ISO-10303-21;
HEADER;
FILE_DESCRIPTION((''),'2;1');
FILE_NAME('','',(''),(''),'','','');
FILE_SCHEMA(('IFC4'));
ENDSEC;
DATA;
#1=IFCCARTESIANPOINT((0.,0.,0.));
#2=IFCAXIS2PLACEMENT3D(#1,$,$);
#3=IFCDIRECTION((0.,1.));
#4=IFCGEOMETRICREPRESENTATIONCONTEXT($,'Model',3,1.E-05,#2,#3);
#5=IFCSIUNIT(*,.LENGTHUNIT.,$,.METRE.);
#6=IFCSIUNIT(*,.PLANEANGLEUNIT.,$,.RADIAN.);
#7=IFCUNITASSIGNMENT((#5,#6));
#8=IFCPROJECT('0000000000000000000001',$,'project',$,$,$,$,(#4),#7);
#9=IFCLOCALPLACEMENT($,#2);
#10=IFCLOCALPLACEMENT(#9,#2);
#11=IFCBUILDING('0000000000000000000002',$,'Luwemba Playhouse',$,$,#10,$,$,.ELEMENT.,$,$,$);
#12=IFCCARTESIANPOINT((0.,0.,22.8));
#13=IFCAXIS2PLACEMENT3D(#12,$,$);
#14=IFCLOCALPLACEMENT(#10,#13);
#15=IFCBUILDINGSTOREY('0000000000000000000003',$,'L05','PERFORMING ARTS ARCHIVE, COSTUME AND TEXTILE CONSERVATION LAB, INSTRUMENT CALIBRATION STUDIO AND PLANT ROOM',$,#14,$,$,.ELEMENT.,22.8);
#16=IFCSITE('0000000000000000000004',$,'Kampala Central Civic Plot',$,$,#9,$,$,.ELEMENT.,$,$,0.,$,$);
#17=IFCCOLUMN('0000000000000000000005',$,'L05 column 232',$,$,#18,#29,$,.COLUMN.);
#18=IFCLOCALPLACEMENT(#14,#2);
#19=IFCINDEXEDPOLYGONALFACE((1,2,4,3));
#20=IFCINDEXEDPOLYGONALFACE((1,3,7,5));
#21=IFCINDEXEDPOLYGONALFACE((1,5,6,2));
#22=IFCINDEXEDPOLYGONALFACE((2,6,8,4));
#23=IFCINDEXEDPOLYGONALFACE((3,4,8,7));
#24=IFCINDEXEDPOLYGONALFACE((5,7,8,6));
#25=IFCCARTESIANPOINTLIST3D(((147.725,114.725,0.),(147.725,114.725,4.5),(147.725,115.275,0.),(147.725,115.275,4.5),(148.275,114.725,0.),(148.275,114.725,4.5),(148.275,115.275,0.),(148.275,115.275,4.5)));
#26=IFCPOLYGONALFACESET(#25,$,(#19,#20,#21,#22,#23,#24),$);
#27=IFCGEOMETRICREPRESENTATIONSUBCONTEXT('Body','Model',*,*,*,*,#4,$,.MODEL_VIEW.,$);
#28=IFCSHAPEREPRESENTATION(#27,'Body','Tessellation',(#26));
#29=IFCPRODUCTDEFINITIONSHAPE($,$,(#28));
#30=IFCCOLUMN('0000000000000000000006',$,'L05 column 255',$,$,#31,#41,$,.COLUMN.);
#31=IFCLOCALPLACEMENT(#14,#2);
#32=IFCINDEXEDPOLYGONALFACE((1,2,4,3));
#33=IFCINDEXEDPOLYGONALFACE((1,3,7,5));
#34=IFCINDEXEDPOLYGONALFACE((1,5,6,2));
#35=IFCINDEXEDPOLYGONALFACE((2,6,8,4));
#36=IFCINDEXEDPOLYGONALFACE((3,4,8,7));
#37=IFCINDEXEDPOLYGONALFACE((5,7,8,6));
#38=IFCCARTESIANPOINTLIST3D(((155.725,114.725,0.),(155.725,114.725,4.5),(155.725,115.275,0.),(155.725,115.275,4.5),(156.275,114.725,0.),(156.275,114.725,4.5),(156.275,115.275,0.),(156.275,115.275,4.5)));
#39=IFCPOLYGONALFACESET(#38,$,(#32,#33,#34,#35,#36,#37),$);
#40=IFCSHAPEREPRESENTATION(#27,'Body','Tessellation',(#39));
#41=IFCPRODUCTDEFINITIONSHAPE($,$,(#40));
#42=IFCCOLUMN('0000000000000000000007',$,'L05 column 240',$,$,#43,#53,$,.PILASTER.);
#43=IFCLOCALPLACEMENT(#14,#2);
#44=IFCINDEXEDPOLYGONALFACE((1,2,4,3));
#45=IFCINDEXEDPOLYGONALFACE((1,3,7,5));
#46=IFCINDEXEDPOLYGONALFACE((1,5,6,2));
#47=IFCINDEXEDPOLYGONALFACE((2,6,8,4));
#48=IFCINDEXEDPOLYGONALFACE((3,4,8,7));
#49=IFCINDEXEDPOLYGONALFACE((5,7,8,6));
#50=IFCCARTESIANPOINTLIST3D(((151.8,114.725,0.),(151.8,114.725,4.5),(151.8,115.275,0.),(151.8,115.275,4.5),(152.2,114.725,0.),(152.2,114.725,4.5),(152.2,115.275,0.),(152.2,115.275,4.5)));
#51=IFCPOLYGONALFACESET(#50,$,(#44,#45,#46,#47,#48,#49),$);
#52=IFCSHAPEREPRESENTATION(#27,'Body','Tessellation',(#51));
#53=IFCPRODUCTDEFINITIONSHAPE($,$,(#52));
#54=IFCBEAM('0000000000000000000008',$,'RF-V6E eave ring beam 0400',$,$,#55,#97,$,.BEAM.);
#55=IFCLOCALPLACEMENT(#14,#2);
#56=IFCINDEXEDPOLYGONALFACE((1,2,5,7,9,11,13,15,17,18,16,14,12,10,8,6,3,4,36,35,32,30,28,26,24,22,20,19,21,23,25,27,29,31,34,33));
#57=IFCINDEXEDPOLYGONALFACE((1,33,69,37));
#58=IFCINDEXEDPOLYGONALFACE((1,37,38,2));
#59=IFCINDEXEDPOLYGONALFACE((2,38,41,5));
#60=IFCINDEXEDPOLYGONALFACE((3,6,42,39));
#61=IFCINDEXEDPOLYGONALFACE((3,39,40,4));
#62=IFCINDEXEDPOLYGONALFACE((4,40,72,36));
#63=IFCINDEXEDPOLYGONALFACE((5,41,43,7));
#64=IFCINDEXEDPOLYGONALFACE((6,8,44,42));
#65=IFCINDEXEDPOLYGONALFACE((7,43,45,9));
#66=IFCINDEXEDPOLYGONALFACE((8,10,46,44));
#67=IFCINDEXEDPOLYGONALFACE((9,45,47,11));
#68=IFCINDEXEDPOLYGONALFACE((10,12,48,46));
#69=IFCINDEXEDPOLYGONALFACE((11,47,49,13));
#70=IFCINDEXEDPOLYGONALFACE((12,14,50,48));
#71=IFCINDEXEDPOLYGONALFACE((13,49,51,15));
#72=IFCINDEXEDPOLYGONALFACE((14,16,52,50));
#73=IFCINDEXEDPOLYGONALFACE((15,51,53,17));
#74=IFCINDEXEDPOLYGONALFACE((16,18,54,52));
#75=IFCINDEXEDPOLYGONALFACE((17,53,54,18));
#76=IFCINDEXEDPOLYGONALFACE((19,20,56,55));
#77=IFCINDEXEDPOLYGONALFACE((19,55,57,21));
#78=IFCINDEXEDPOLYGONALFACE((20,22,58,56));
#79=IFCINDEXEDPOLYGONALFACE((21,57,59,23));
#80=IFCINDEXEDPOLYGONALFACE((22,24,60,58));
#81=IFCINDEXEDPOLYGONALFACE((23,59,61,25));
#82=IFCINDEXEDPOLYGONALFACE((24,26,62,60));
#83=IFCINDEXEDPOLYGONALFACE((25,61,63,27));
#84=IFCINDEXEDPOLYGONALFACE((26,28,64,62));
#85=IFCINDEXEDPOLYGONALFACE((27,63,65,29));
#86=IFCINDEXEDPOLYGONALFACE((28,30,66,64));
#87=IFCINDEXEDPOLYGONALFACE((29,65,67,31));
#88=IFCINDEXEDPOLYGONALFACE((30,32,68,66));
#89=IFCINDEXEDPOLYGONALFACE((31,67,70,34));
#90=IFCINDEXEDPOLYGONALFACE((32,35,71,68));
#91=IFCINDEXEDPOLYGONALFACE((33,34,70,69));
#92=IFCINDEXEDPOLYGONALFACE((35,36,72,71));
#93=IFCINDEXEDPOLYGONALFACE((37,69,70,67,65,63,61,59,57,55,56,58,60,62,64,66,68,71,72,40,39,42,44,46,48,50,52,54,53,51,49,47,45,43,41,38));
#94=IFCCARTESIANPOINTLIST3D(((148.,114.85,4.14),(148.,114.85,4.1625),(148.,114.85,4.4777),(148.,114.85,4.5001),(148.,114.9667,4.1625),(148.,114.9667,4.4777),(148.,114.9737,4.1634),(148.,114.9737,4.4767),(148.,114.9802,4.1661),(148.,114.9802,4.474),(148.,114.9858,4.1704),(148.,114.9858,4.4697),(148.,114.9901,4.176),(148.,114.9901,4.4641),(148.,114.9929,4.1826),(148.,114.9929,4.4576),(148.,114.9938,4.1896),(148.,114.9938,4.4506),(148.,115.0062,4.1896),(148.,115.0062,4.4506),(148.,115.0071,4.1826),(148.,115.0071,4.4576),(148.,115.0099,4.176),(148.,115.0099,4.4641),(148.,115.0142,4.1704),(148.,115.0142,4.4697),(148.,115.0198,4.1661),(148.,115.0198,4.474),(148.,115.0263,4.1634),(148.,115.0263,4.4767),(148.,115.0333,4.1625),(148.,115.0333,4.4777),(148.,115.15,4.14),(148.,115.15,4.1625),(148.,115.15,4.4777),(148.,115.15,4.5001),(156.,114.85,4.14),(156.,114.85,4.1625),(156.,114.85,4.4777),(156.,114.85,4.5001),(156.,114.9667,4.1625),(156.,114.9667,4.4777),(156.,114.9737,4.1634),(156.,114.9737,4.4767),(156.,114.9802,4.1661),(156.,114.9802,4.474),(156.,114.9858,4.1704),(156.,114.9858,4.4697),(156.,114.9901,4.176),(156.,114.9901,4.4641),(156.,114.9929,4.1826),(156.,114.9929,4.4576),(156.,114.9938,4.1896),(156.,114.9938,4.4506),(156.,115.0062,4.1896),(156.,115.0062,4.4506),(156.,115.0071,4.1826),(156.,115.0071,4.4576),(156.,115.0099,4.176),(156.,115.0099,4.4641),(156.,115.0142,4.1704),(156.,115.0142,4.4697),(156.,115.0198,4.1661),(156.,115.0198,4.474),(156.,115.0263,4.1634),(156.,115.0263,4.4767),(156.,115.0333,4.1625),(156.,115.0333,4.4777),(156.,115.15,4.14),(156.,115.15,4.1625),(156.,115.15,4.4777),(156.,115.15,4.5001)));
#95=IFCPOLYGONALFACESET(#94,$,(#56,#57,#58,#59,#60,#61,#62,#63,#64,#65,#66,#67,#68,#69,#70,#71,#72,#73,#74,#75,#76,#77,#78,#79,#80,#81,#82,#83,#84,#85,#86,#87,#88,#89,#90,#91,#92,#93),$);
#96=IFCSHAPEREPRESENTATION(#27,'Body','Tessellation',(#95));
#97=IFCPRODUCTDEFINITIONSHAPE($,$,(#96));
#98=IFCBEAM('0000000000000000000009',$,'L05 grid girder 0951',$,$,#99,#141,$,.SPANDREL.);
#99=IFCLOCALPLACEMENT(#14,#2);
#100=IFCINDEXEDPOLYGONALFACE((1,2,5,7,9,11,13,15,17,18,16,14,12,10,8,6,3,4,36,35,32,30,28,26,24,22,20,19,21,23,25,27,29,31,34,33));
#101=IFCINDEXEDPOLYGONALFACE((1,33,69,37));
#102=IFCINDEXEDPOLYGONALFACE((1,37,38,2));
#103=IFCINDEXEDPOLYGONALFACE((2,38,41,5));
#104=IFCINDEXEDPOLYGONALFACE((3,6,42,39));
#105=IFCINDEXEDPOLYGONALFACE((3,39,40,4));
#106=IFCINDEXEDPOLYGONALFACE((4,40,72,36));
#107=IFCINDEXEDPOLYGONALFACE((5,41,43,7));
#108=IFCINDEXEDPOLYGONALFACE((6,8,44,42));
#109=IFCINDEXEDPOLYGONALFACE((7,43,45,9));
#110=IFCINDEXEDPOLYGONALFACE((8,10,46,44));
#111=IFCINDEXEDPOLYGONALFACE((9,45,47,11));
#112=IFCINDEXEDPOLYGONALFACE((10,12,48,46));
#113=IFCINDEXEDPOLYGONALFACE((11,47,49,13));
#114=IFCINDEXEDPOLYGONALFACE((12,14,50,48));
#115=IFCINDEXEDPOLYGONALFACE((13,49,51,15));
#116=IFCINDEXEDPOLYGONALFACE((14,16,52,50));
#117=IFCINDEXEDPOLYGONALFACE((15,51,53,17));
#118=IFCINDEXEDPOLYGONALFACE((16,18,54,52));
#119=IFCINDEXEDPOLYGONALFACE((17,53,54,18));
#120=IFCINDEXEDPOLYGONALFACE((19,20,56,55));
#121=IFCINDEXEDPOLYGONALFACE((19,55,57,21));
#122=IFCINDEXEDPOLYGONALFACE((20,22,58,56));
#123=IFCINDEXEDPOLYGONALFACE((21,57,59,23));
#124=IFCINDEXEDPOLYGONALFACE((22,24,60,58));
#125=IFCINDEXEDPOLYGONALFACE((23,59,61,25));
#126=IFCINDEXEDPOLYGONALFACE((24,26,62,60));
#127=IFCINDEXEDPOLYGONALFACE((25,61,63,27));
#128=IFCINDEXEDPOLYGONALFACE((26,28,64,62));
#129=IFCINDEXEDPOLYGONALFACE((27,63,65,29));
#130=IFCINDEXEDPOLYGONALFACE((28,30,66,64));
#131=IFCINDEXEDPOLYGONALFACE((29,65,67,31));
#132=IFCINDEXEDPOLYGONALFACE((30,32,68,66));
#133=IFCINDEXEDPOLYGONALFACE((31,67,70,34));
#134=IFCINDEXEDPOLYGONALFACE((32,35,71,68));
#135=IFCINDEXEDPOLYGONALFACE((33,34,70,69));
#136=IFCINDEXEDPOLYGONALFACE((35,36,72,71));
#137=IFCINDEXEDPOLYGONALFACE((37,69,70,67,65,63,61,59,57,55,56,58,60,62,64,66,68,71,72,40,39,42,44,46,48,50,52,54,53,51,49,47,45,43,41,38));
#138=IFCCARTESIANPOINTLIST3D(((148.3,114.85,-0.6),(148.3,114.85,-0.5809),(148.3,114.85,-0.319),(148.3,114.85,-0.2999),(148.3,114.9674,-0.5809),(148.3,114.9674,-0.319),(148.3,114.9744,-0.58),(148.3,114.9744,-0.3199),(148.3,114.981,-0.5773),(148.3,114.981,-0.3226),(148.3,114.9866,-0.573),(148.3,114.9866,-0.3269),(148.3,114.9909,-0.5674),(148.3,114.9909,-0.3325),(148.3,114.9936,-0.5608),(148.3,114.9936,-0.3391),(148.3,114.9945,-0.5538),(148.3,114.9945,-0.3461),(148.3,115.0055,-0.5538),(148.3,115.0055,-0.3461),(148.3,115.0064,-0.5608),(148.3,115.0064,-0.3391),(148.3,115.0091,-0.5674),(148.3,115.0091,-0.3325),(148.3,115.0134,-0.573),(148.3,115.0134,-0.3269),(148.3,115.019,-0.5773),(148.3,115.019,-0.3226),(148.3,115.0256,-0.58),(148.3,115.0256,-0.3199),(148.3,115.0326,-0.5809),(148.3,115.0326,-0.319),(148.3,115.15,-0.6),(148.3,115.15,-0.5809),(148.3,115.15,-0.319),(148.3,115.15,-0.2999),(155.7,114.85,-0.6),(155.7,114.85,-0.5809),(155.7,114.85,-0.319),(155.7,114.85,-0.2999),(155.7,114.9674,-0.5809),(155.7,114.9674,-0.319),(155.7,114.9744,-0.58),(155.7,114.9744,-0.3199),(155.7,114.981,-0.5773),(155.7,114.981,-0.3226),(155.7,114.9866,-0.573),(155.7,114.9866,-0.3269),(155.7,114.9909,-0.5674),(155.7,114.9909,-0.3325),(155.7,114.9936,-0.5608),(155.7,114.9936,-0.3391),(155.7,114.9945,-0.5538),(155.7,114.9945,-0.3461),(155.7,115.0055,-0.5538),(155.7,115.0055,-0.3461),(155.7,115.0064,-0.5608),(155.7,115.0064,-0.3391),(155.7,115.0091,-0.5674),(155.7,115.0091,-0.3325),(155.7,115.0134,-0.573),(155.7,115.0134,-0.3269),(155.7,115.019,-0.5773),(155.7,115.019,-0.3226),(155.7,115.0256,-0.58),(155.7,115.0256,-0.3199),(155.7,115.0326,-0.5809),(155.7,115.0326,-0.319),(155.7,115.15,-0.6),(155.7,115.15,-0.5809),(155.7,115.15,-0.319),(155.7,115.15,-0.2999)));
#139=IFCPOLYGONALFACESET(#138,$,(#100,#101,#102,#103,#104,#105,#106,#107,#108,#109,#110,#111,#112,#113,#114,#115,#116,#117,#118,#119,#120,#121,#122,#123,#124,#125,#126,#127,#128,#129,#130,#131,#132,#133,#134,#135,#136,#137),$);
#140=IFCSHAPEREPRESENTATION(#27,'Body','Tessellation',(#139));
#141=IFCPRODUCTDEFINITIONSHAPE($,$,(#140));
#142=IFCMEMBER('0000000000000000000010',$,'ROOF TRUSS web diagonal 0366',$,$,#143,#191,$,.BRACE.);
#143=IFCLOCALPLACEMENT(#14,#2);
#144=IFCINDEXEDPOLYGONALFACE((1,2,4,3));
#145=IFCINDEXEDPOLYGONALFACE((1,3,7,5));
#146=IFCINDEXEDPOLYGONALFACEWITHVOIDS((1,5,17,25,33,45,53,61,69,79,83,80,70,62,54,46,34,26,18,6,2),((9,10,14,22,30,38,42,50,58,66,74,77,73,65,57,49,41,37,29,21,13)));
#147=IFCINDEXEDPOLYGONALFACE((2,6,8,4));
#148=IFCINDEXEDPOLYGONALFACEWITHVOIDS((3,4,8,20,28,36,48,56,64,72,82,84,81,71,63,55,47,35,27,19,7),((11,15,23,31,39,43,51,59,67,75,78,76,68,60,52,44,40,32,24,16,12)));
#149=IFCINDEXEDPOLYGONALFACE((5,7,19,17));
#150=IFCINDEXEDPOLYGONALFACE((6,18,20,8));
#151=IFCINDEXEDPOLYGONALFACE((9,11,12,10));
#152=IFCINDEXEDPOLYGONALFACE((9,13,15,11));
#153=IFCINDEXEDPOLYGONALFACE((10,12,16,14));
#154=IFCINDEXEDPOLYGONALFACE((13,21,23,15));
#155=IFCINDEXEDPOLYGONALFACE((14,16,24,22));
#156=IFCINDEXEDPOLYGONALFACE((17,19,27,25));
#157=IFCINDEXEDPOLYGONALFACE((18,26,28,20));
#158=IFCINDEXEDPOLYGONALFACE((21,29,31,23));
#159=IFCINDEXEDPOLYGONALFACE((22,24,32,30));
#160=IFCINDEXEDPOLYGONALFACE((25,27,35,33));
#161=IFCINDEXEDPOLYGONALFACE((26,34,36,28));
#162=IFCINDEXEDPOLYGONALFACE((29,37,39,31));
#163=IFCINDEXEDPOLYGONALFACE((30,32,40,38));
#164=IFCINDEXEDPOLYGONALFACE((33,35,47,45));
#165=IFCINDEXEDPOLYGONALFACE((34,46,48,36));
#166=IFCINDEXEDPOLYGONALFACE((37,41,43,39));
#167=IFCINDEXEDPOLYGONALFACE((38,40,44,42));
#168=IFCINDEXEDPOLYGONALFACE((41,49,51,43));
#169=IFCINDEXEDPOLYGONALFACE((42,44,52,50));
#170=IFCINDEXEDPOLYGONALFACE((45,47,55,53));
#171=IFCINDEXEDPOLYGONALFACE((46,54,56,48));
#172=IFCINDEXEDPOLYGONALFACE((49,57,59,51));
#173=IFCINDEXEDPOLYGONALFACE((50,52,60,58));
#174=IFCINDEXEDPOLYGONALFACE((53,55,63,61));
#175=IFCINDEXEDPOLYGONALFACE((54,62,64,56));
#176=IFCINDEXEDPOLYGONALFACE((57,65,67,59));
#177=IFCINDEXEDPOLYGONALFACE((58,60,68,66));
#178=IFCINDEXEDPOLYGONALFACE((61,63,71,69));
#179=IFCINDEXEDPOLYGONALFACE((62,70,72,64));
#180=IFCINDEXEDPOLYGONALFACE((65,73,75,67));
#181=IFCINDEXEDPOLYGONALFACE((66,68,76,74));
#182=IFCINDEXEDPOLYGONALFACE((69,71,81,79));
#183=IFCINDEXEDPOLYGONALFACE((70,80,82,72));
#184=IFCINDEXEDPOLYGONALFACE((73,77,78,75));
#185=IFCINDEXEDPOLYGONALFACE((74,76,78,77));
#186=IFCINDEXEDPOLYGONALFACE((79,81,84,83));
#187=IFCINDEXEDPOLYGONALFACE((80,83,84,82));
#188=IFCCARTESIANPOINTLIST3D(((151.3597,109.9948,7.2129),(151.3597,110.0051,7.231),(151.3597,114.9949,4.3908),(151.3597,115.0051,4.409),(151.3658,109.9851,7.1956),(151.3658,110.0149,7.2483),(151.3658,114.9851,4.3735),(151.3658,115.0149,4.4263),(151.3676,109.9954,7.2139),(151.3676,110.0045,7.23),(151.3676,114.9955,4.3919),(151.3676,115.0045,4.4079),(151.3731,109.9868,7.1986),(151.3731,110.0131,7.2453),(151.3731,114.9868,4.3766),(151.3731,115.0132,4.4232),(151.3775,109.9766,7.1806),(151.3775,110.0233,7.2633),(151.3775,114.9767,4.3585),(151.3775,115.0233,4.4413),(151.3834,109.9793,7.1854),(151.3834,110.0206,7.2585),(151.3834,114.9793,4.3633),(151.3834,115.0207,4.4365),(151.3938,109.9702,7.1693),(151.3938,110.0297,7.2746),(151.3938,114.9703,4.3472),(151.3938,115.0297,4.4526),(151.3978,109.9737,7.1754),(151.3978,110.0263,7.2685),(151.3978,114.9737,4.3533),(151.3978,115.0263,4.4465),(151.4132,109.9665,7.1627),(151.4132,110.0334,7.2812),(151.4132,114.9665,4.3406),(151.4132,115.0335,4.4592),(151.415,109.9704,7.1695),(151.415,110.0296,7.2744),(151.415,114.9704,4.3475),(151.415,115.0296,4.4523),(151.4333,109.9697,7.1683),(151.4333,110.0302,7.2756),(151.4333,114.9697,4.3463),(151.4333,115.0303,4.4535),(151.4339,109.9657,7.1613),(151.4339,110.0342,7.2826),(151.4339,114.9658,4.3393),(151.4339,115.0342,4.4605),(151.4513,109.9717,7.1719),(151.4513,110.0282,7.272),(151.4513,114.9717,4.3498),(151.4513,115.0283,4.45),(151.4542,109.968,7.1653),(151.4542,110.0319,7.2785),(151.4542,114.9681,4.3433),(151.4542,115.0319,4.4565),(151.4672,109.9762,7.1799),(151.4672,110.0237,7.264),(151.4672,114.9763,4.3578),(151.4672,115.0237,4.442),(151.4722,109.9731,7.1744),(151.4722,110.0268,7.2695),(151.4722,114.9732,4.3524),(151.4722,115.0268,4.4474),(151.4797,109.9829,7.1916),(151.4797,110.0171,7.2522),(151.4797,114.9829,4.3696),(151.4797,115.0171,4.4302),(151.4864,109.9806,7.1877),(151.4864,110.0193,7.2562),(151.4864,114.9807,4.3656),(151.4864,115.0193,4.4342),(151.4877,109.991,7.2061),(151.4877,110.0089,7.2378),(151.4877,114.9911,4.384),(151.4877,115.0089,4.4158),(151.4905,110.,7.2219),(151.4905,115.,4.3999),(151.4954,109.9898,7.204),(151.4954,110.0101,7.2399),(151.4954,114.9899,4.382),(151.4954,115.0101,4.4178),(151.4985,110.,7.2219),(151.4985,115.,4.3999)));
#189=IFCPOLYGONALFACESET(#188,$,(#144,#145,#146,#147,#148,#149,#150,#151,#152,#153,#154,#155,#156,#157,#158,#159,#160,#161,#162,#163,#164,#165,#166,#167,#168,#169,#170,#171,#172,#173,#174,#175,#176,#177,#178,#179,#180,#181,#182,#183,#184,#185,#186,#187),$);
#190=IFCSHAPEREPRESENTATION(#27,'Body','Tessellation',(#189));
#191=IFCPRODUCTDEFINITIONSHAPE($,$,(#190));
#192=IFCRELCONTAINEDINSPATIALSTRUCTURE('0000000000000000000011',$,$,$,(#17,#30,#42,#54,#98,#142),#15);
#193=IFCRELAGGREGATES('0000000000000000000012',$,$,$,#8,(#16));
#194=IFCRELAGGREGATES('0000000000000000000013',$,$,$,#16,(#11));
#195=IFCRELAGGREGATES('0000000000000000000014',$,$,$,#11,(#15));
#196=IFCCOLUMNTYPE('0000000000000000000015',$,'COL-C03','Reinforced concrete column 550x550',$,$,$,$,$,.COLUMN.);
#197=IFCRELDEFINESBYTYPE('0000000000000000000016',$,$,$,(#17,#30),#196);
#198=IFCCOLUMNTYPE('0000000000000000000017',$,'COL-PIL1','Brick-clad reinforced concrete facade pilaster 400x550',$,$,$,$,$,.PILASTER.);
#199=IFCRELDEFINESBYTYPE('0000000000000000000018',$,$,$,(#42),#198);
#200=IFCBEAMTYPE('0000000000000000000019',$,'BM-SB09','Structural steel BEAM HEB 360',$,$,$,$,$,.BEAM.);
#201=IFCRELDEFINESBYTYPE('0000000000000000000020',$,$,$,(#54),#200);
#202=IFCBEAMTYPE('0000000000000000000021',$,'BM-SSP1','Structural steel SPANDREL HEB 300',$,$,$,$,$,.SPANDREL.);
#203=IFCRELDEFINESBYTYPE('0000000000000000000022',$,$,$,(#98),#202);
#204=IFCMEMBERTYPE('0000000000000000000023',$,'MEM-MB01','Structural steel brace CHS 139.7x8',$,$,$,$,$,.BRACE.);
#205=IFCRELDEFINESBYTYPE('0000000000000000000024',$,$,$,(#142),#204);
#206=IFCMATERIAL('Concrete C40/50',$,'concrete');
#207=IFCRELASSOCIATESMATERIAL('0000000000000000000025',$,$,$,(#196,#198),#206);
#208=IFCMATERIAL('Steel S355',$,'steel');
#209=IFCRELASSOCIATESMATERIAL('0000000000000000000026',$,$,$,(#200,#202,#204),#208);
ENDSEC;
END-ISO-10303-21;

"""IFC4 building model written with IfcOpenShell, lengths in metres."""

from ifc_helpers import new_model, si_unit, direction, frame, origin, origin_2d, place, context, subcontext, project, spatial, rectangle, hollow_circle, i_section, extrude, material, material_profile, profile_set, type_object, element, save


model = new_model("IFC4")

# Units and contexts
model_context = context("Model", 3, precision=1e-05, world=origin(), true_north=direction((0.0, 1.0)))
body_context = subcontext(model_context, "Body", "Model", "MODEL_VIEW")
ifc_project = project(units=[si_unit("LENGTHUNIT", "METRE"), si_unit("PLANEANGLEUNIT", "RADIAN")], contexts=[model_context])

# Site, building, storey
site_placement = place(None, origin())
site = spatial("IfcSite", under=ifc_project, at=site_placement, Name="Kampala Central Civic Plot", CompositionType="ELEMENT", RefElevation=0.0)
building_placement = place(site_placement, origin())
building = spatial("IfcBuilding", under=site, at=building_placement, Name="Luwemba Playhouse", CompositionType="ELEMENT")
storey_placement = place(building_placement, frame((0.0, 0.0, 22.8)))
storey = spatial("IfcBuildingStorey", under=building, at=storey_placement, Name="L05", Description="PERFORMING ARTS ARCHIVE, COSTUME AND TEXTILE CONSERVATION LAB, INSTRUMENT CALIBRATION STUDIO AND PLANT ROOM", CompositionType="ELEMENT", Elevation=22.8)

# Columns
ifc_material_1 = material(Name="Concrete C40/50", Category="concrete")
ifc_material_profile_1 = material_profile(ifc_material_1, rectangle(XDim=0.55, YDim=0.55, at=origin_2d()))
ifc_profile_set_1 = profile_set([ifc_material_profile_1], Name="Concrete C40/50")
column_type_1 = type_object("IfcColumnType", Name="COL-C03", Description="Reinforced concrete column 550x550", PredefinedType="COLUMN", material=ifc_profile_set_1)
for number, where, z_axis, x_axis, name in (
    (1, (148.0, 115.0, 0.0), (0.0, 0.0, 1.0), (1.0, 0.0, 0.0), "L05 column 232"),
    (2, (156.0, 115.0, 0.0), (0.0, 0.0, 1.0), (1.0, 0.0, 0.0), "L05 column 255"),
):
    element("IfcColumn", number, at=place(storey_placement, frame(where, z_axis=z_axis, x_axis=x_axis)), inside=storey, type_object=column_type_1, Name=name, PredefinedType="COLUMN", context=body_context, shape_type="SweptSolid", body=[
        extrude(rectangle(XDim=0.55, YDim=0.55, at=origin_2d()), origin(), (0.0, 0.0, 1.0), 4.5),
    ])
ifc_material_profile_2 = material_profile(ifc_material_1, rectangle(XDim=0.3999, YDim=0.55, at=origin_2d()))
ifc_profile_set_2 = profile_set([ifc_material_profile_2], Name="Concrete C40/50")
column_type_2 = type_object("IfcColumnType", Name="COL-PIL1", Description="Brick-clad reinforced concrete facade pilaster 400x550", PredefinedType="PILASTER", material=ifc_profile_set_2)
column_placement = place(storey_placement, frame((152.0, 115.0, 0.0), z_axis=(0.0, 0.0, 1.0), x_axis=(1.0, 0.0, 0.0)))
element("IfcColumn", 3, at=column_placement, inside=storey, type_object=column_type_2, Name="L05 column 240", PredefinedType="PILASTER", context=body_context, shape_type="SweptSolid", body=[
    extrude(rectangle(XDim=0.3999, YDim=0.55, at=origin_2d()), origin(), (0.0, 0.0, 1.0), 4.5),
])

# Beams
ifc_material_2 = material(Name="Steel S355", Category="steel")
ifc_material_profile_3 = material_profile(ifc_material_2, i_section(OverallWidth=0.3, OverallDepth=0.3601, WebThickness=0.0125, FlangeThickness=0.0225, FilletRadius=0.0271, at=origin_2d()))
ifc_profile_set_3 = profile_set([ifc_material_profile_3], Name="Steel S355")
beam_type_1 = type_object("IfcBeamType", Name="BM-SB09", Description="Structural steel BEAM HEB 360", PredefinedType="BEAM", material=ifc_profile_set_3)
beam_1_placement = place(storey_placement, frame((148.0, 115.0, 4.3201), z_axis=(1.0, 0.0, 0.0), x_axis=(0.0, 1.0, 0.0)))
element("IfcBeam", 4, at=beam_1_placement, inside=storey, type_object=beam_type_1, Name="RF-V6E eave ring beam 0400", PredefinedType="BEAM", context=body_context, shape_type="SweptSolid", body=[
    extrude(i_section(OverallWidth=0.3, OverallDepth=0.3601, WebThickness=0.0125, FlangeThickness=0.0225, FilletRadius=0.0271, at=origin_2d()), origin(), (0.0, 0.0, 1.0), 8.0),
])
ifc_material_profile_4 = material_profile(ifc_material_2, i_section(OverallWidth=0.3, OverallDepth=0.3, WebThickness=0.011, FlangeThickness=0.019, FilletRadius=0.0271, at=origin_2d()))
ifc_profile_set_4 = profile_set([ifc_material_profile_4], Name="Steel S355")
beam_type_2 = type_object("IfcBeamType", Name="BM-SSP1", Description="Structural steel SPANDREL HEB 300", PredefinedType="SPANDREL", material=ifc_profile_set_4)
beam_2_placement = place(storey_placement, frame((148.3, 115.0, -0.45), z_axis=(1.0, 0.0, 0.0), x_axis=(0.0, 1.0, 0.0)))
element("IfcBeam", 5, at=beam_2_placement, inside=storey, type_object=beam_type_2, Name="L05 grid girder 0951", PredefinedType="SPANDREL", context=body_context, shape_type="SweptSolid", body=[
    extrude(i_section(OverallWidth=0.3, OverallDepth=0.3, WebThickness=0.011, FlangeThickness=0.019, FilletRadius=0.0271, at=origin_2d()), origin(), (0.0, 0.0, 1.0), 7.3999),
])

# Member
ifc_material_profile_5 = material_profile(ifc_material_2, hollow_circle(Radius=0.0698, WallThickness=0.0081, at=origin_2d()))
ifc_profile_set_5 = profile_set([ifc_material_profile_5], Name="Steel S355")
member_type_1 = type_object("IfcMemberType", Name="MEM-MB01", Description="Structural steel brace CHS 139.7x8", PredefinedType="BRACE", material=ifc_profile_set_5)
member_1_placement = place(storey_placement, frame((151.4287, 115.0, 4.3999), z_axis=(0.0, -0.870866, 0.491521), x_axis=(1.0, 0.0, 0.0)))
element("IfcMember", 6, at=member_1_placement, inside=storey, type_object=member_type_1, Name="ROOF TRUSS web diagonal 0366", PredefinedType="BRACE", context=body_context, shape_type="SweptSolid", body=[
    extrude(hollow_circle(Radius=0.0698, WallThickness=0.0081, at=origin_2d()), origin(), (0.0, 0.0, 1.0), 5.7415),
])

save(model, "model.ifc")
